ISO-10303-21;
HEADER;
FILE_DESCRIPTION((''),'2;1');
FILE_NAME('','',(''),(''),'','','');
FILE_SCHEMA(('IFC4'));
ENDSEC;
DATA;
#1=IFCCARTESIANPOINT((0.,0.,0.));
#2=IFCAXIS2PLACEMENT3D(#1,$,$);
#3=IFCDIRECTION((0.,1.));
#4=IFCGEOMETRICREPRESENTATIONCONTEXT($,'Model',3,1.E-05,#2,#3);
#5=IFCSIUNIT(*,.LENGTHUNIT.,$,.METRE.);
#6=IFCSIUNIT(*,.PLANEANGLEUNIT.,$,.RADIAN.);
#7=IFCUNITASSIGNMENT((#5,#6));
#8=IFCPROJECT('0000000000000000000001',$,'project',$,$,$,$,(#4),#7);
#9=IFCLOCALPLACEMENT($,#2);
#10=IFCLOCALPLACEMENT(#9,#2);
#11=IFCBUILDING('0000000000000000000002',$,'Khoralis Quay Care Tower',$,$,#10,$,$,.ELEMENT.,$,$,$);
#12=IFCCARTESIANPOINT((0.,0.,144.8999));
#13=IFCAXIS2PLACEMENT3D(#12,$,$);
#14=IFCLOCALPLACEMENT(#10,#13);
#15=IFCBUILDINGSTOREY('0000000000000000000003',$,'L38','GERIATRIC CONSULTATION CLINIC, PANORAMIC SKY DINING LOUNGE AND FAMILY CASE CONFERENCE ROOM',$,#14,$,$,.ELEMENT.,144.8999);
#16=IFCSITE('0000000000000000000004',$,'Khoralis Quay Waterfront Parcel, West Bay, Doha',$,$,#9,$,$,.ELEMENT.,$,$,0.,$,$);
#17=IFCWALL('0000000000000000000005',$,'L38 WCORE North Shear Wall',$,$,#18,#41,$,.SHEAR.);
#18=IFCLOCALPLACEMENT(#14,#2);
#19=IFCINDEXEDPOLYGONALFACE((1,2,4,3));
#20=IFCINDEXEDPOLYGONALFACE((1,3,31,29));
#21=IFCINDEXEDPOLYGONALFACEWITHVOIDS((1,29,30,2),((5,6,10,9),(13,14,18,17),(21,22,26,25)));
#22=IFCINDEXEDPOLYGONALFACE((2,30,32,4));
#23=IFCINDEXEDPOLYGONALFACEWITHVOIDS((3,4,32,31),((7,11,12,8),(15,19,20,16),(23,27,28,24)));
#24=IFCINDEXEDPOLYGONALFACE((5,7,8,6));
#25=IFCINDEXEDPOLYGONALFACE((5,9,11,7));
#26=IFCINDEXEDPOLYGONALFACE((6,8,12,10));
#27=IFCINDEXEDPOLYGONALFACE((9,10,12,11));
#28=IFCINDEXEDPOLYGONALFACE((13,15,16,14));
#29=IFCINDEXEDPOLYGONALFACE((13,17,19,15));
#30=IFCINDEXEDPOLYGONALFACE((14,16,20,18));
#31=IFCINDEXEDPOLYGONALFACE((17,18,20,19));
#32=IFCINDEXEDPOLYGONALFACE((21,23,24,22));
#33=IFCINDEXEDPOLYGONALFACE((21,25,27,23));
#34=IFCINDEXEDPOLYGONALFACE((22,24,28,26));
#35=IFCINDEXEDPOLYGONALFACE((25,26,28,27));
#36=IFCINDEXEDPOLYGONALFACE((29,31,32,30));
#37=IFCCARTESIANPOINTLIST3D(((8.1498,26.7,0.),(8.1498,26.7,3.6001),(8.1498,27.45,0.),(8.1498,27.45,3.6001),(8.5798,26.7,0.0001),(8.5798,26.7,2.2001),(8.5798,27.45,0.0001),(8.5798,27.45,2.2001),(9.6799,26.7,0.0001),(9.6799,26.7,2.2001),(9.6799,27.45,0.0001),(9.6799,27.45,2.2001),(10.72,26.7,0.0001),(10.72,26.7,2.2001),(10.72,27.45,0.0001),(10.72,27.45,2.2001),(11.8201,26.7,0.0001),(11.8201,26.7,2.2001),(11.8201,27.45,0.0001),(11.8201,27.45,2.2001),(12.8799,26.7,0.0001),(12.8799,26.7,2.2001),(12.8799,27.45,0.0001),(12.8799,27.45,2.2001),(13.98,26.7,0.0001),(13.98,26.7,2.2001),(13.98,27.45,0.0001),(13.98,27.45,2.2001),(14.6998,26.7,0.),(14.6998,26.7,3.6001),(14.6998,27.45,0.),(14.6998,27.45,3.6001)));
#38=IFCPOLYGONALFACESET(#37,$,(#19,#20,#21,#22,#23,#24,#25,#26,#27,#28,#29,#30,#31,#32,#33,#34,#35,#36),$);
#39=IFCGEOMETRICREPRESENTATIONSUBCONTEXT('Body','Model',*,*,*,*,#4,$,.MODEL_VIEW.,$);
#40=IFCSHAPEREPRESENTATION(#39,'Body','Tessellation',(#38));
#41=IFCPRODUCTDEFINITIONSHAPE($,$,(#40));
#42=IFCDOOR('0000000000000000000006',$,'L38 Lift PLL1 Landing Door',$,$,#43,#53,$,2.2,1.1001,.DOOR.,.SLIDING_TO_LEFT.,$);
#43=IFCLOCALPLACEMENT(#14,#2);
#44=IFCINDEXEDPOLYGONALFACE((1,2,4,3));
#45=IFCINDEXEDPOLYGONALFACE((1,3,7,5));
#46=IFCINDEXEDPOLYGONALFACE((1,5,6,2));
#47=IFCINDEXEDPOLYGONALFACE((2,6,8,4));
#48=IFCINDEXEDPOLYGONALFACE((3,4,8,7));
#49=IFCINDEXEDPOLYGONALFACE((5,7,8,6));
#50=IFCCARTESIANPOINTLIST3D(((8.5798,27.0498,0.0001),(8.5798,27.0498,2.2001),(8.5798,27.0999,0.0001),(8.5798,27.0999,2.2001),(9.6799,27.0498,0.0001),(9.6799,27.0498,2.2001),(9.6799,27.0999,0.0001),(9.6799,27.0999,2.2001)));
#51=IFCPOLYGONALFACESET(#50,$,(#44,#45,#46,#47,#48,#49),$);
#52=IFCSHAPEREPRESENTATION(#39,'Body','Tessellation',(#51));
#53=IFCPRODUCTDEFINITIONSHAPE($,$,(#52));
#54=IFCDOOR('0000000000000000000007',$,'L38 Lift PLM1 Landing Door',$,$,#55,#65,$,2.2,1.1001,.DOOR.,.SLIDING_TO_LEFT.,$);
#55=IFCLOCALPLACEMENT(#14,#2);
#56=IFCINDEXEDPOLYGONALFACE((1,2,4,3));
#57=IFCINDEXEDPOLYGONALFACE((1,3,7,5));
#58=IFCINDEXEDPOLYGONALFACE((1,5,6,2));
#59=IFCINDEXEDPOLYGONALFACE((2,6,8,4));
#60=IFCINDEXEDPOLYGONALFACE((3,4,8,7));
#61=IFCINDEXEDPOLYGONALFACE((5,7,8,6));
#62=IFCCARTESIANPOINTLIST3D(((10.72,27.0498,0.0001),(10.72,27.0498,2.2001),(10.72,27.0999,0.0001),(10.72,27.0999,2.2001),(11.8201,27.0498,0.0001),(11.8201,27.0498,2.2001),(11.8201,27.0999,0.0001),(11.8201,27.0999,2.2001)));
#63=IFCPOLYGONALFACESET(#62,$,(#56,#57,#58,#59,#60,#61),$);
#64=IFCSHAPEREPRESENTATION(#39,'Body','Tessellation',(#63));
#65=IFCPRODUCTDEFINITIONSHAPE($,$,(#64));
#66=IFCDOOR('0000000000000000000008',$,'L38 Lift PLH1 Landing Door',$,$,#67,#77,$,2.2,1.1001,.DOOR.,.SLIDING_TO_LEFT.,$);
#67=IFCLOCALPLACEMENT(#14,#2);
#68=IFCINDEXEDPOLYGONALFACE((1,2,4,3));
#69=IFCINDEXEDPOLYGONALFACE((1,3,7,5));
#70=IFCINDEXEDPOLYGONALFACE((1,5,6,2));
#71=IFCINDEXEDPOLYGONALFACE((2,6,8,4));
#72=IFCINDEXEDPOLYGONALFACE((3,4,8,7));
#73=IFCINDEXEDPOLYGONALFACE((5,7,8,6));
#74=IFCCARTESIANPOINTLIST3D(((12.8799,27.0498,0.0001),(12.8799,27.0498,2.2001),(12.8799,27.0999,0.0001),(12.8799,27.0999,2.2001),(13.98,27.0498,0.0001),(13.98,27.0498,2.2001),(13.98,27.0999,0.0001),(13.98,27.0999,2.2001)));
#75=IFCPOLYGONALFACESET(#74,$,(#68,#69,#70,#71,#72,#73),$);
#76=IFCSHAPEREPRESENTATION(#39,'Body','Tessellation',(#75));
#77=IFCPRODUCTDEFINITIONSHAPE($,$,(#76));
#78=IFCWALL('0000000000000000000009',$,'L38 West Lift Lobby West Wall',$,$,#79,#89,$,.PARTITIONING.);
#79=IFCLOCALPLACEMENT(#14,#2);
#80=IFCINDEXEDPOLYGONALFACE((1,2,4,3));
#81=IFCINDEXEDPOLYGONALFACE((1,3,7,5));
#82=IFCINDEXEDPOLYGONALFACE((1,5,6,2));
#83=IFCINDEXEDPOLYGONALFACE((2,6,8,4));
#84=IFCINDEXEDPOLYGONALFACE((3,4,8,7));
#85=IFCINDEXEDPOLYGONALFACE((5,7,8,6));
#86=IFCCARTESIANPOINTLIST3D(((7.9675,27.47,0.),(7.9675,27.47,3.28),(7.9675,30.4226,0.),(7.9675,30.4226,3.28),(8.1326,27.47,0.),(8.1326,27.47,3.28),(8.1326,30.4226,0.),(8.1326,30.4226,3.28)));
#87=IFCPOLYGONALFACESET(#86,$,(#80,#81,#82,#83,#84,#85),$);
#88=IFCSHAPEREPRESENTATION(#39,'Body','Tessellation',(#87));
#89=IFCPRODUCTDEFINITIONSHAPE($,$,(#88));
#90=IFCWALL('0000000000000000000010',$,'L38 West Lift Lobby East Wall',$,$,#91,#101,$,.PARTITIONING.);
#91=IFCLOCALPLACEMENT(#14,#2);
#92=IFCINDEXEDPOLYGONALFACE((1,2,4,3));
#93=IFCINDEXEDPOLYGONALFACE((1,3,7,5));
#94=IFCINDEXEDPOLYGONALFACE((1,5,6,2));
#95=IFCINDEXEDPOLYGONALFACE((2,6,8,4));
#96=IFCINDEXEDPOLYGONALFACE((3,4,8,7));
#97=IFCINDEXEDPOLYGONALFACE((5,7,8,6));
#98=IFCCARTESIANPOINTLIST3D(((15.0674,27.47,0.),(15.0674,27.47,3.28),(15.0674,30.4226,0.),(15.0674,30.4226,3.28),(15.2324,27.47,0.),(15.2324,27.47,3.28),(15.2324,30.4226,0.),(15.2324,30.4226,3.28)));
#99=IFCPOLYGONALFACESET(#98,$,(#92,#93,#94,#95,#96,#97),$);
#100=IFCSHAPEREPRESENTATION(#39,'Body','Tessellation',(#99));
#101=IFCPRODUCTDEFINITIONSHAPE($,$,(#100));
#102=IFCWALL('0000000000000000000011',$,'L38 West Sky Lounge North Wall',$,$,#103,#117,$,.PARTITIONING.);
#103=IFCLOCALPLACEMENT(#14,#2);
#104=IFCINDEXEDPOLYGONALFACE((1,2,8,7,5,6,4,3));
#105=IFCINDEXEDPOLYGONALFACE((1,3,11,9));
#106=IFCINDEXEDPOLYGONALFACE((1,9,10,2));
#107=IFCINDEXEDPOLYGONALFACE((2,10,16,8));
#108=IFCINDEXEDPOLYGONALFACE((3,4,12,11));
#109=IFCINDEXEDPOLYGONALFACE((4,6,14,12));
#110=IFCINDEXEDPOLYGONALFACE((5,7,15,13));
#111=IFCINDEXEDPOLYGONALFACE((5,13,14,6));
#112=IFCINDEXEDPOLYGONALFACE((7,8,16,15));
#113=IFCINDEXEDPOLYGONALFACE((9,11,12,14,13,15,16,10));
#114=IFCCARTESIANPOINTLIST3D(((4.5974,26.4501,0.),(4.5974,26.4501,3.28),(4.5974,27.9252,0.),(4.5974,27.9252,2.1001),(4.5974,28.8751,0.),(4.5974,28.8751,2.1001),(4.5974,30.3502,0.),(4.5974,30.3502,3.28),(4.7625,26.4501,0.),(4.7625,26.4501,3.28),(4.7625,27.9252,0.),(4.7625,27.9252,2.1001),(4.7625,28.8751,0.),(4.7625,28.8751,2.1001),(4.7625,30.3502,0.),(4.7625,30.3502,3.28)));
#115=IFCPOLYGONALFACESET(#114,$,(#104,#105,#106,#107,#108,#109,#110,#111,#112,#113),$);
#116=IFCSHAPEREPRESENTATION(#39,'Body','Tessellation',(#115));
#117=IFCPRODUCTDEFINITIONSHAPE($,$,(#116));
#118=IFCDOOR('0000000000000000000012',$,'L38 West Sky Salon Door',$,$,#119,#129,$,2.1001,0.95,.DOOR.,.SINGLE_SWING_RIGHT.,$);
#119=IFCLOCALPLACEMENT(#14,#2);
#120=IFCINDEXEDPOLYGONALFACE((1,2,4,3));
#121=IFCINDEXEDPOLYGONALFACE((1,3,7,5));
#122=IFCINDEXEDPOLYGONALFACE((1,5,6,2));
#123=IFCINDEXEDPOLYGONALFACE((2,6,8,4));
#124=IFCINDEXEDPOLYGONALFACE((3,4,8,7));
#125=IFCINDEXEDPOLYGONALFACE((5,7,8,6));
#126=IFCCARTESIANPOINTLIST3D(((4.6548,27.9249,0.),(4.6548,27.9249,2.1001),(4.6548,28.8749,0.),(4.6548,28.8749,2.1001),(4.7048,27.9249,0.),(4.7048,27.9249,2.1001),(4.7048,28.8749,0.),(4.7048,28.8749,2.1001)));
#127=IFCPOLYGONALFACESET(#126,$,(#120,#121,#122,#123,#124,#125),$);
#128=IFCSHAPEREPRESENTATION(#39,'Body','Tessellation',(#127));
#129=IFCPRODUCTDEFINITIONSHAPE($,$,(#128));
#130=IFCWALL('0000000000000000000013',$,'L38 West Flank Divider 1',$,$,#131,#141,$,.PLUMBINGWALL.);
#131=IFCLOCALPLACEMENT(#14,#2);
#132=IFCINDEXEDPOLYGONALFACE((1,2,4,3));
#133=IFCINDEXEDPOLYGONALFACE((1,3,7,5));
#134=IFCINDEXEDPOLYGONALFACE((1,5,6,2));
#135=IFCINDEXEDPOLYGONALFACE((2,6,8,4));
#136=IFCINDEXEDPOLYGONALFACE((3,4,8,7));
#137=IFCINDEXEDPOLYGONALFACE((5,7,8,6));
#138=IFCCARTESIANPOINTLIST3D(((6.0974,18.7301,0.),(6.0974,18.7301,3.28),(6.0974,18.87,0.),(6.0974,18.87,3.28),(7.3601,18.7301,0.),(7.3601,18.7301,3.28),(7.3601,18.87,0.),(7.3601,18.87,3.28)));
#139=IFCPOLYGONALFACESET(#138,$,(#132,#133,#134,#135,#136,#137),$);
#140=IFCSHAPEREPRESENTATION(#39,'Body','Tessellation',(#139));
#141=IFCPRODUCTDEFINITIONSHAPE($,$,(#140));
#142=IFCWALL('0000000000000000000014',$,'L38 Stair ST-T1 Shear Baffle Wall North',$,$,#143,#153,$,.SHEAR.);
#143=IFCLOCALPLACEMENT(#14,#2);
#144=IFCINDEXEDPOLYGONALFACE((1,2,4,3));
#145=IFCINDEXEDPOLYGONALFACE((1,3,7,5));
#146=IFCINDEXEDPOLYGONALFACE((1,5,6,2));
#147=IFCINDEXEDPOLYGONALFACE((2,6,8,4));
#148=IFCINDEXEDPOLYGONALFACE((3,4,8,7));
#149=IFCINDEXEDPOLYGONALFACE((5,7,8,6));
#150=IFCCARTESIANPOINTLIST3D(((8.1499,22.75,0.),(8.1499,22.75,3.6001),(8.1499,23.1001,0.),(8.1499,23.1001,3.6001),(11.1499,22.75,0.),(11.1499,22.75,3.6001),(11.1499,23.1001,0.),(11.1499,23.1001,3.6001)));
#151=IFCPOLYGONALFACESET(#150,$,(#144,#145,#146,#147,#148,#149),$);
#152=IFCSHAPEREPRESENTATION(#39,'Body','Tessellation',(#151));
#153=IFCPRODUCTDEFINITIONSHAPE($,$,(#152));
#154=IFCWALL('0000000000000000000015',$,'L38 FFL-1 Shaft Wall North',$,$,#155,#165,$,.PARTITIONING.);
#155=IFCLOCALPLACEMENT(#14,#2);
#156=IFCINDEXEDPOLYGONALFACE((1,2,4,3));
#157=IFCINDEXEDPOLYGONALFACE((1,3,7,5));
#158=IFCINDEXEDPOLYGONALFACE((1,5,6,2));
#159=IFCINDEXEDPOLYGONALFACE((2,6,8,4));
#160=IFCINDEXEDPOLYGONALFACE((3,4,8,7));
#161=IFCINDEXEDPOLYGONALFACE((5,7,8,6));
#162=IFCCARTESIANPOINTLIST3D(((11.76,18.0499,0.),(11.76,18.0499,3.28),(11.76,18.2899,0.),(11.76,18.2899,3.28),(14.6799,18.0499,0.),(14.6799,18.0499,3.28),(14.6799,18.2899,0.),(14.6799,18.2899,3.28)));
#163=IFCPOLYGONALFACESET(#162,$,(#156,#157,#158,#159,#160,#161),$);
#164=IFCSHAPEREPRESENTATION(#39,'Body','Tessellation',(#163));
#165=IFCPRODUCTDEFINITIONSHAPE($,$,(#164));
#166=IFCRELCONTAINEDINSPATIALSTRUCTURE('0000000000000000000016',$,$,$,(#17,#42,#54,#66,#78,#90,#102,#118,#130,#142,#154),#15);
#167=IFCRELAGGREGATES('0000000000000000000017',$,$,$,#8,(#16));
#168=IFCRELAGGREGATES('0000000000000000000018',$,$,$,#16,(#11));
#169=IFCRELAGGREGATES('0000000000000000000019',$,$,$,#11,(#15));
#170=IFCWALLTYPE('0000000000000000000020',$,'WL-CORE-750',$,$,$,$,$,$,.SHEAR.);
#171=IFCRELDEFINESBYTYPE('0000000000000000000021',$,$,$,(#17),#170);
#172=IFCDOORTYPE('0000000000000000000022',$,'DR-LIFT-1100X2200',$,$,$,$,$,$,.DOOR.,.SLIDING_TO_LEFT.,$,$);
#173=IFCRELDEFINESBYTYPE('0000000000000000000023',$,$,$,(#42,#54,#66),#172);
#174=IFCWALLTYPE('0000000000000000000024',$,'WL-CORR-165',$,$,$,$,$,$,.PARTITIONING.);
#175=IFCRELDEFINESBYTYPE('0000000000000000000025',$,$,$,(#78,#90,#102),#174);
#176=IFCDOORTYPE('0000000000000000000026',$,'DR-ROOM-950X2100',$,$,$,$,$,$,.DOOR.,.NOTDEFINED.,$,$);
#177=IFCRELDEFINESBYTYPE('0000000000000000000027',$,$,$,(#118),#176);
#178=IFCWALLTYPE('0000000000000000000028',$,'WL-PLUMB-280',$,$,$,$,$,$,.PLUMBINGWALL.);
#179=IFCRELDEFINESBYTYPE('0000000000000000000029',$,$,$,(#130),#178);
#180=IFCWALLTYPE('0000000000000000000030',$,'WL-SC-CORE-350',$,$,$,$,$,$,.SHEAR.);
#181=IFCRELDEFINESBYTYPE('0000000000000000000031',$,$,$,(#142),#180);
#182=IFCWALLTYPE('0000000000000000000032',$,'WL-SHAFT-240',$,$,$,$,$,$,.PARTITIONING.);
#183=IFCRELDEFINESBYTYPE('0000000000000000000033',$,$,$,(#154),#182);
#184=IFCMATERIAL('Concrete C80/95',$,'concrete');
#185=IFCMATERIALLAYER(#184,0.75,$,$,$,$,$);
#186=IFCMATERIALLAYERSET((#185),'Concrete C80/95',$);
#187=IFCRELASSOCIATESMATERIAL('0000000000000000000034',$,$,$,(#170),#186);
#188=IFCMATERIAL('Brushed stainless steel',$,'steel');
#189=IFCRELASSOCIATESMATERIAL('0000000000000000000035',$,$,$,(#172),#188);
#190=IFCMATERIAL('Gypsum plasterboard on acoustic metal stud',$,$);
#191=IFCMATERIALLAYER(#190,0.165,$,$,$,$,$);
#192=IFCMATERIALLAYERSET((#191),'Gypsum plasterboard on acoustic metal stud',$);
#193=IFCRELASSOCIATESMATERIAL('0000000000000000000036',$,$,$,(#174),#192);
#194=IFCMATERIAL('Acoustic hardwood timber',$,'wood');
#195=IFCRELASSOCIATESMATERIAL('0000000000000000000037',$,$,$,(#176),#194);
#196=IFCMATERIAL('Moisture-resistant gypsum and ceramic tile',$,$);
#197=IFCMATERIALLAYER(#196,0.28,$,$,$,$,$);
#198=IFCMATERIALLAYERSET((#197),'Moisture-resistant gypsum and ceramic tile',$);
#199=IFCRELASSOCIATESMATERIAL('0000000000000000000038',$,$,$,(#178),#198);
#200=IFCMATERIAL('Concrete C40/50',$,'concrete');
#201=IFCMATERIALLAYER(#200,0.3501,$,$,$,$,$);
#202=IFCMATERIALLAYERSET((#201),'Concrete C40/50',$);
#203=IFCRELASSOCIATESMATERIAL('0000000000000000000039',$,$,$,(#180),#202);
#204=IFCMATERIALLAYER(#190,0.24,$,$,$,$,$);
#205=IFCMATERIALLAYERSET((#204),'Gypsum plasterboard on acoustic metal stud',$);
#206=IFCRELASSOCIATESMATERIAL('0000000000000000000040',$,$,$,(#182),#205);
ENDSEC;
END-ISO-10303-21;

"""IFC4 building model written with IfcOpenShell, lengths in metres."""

from ifc_helpers import new_model, si_unit, direction, frame, frame_2d, origin, place, context, subcontext, project, spatial, rectangle, extrude, source, transform, mapped, material, layer, layer_set, type_object, element, fill, save


model = new_model("IFC4")

# Units and contexts
model_context = context("Model", 3, precision=1e-05, world=origin(), true_north=direction((0.0, 1.0)))
body_context = subcontext(model_context, "Body", "Model", "MODEL_VIEW")
ifc_project = project(units=[si_unit("LENGTHUNIT", "METRE"), si_unit("PLANEANGLEUNIT", "RADIAN")], contexts=[model_context])

# Site, building, storey
site_placement = place(None, origin())
site = spatial("IfcSite", under=ifc_project, at=site_placement, Name="Khoralis Quay Waterfront Parcel, West Bay, Doha", CompositionType="ELEMENT", RefElevation=0.0)
building_placement = place(site_placement, origin())
building = spatial("IfcBuilding", under=site, at=building_placement, Name="Khoralis Quay Care Tower", CompositionType="ELEMENT")
storey_placement = place(building_placement, frame((0.0, 0.0, 144.8999)))
storey = spatial("IfcBuildingStorey", under=building, at=storey_placement, Name="L38", Description="GERIATRIC CONSULTATION CLINIC, PANORAMIC SKY DINING LOUNGE AND FAMILY CASE CONFERENCE ROOM", CompositionType="ELEMENT", Elevation=144.8999)

# Wall, openings, doors
ifc_material_1 = material(Name="Concrete C80/95", Category="concrete")
ifc_layer_1 = layer(ifc_material_1, 0.75)
ifc_layer_set_1 = layer_set([ifc_layer_1], Name="Concrete C80/95")
wall_type_1 = type_object("IfcWallType", Name="WL-CORE-750", PredefinedType="SHEAR", material=ifc_layer_set_1)
wall_1_placement = place(storey_placement, frame((8.1499, 27.075, 0.0), z_axis=(0.0, 0.0, 1.0), x_axis=(1.0, 0.0, 0.0)))
wall_1 = element("IfcWall", 1, at=wall_1_placement, inside=storey, type_object=wall_type_1, Name="L38 WCORE North Shear Wall", PredefinedType="SHEAR", context=body_context, shape_type="SweptSolid", body=[
    extrude(rectangle(XDim=6.55, YDim=0.75, at=frame_2d((3.2749, 0.0))), origin(), (0.0, 0.0, 1.0), 3.6001),
])
opening_1_placement = place(wall_1_placement, frame((0.4299, 0.0, 0.0)))
opening_1 = element("IfcOpeningElement", 2, at=opening_1_placement, cuts=wall_1, PredefinedType="OPENING", context=body_context, shape_type="SweptSolid", body=[
    extrude(rectangle(XDim=1.1001, YDim=2.2, at=frame_2d((0.55, 1.1001))), frame((0.0, 0.385, 0.0), z_axis=(0.0, -1.0, 0.0), x_axis=(1.0, 0.0, 0.0)), (0.0, 0.0, 1.0), 0.77),
])
opening_2_placement = place(wall_1_placement, frame((2.5701, 0.0, 0.0)))
opening_2 = element("IfcOpeningElement", 3, at=opening_2_placement, cuts=wall_1, PredefinedType="OPENING", context=body_context, shape_type="SweptSolid", body=[
    extrude(rectangle(XDim=1.1001, YDim=2.2, at=frame_2d((0.55, 1.1001))), frame((0.0, 0.385, 0.0), z_axis=(0.0, -1.0, 0.0), x_axis=(1.0, 0.0, 0.0)), (0.0, 0.0, 1.0), 0.77),
])
opening_3_placement = place(wall_1_placement, frame((4.73, 0.0, 0.0)))
opening_3 = element("IfcOpeningElement", 4, at=opening_3_placement, cuts=wall_1, PredefinedType="OPENING", context=body_context, shape_type="SweptSolid", body=[
    extrude(rectangle(XDim=1.1001, YDim=2.2, at=frame_2d((0.55, 1.1001))), frame((0.0, 0.385, 0.0), z_axis=(0.0, -1.0, 0.0), x_axis=(1.0, 0.0, 0.0)), (0.0, 0.0, 1.0), 0.77),
])
ifc_material_2 = material(Name="Brushed stainless steel", Category="steel")
door_type_1 = type_object("IfcDoorType", Name="DR-LIFT-1100X2200", OperationType="SLIDING_TO_LEFT", PredefinedType="DOOR", material=ifc_material_2)
shared_shape_1 = source(origin(), body_context, "Body", "SweptSolid", [
    extrude(rectangle(XDim=1.1001, YDim=2.2, at=frame_2d((0.55, 1.1001))), frame((0.0, 0.0249, 0.0), z_axis=(0.0, -1.0, 0.0), x_axis=(1.0, 0.0, 0.0)), (0.0, 0.0, 1.0), 0.05),
])
door_1_placement = place(opening_1_placement, origin())
door_1 = element("IfcDoor", 5, at=door_1_placement, inside=storey, type_object=door_type_1, Name="L38 Lift PLL1 Landing Door", OperationType="SLIDING_TO_LEFT", OverallHeight=2.2, OverallWidth=1.1001, PredefinedType="DOOR", context=body_context, shape_type="MappedRepresentation", body=[
    mapped(shared_shape_1, transform((0.0, 0.0, 0.0), scale=1.0)),
])
fill(opening_1, door_1)
door_2_placement = place(opening_2_placement, origin())
door_2 = element("IfcDoor", 6, at=door_2_placement, inside=storey, type_object=door_type_1, Name="L38 Lift PLM1 Landing Door", OperationType="SLIDING_TO_LEFT", OverallHeight=2.2, OverallWidth=1.1001, PredefinedType="DOOR", context=body_context, shape_type="MappedRepresentation", body=[
    mapped(shared_shape_1, transform((0.0, 0.0, 0.0), scale=1.0)),
])
fill(opening_2, door_2)
door_3_placement = place(opening_3_placement, origin())
door_3 = element("IfcDoor", 7, at=door_3_placement, inside=storey, type_object=door_type_1, Name="L38 Lift PLH1 Landing Door", OperationType="SLIDING_TO_LEFT", OverallHeight=2.2, OverallWidth=1.1001, PredefinedType="DOOR", context=body_context, shape_type="MappedRepresentation", body=[
    mapped(shared_shape_1, transform((0.0, 0.0, 0.0), scale=1.0)),
])
fill(opening_3, door_3)

# Walls
ifc_material_3 = material(Name="Gypsum plasterboard on acoustic metal stud")
ifc_layer_2 = layer(ifc_material_3, 0.165)
ifc_layer_set_2 = layer_set([ifc_layer_2], Name="Gypsum plasterboard on acoustic metal stud")
wall_type_2 = type_object("IfcWallType", Name="WL-CORR-165", PredefinedType="PARTITIONING", material=ifc_layer_set_2)
for number, where, z_axis, x_axis, name in (
    (8, (8.05, 27.47, 0.0), (0.0, 0.0, 1.0), (0.0, 1.0, 0.0), "L38 West Lift Lobby West Wall"),
    (9, (15.1499, 27.47, 0.0), (0.0, 0.0, 1.0), (0.0, 1.0, 0.0), "L38 West Lift Lobby East Wall"),
):
    element("IfcWall", number, at=place(storey_placement, frame(where, z_axis=z_axis, x_axis=x_axis)), inside=storey, type_object=wall_type_2, Name=name, PredefinedType="PARTITIONING", context=body_context, shape_type="SweptSolid", body=[
        extrude(rectangle(XDim=2.9526, YDim=0.165, at=frame_2d((1.4763, 0.0))), origin(), (0.0, 0.0, 1.0), 3.28),
    ])

# Wall, opening, door
wall_2_placement = place(storey_placement, frame((4.6799, 26.45, 0.0), z_axis=(0.0, 0.0, 1.0), x_axis=(0.0, 1.0, 0.0)))
wall_2 = element("IfcWall", 10, at=wall_2_placement, inside=storey, type_object=wall_type_2, Name="L38 West Sky Lounge North Wall", PredefinedType="PARTITIONING", context=body_context, shape_type="SweptSolid", body=[
    extrude(rectangle(XDim=3.9001, YDim=0.165, at=frame_2d((1.9502, 0.0))), origin(), (0.0, 0.0, 1.0), 3.28),
])
opening_4_placement = place(wall_2_placement, frame((1.4751, 0.0, 0.0)))
opening_4 = element("IfcOpeningElement", 11, at=opening_4_placement, cuts=wall_2, PredefinedType="OPENING", context=body_context, shape_type="SweptSolid", body=[
    extrude(rectangle(XDim=0.95, YDim=2.1001, at=frame_2d((0.4751, 1.05))), frame((0.0, 0.0925, 0.0), z_axis=(0.0, -1.0, 0.0), x_axis=(1.0, 0.0, 0.0)), (0.0, 0.0, 1.0), 0.1851),
])
ifc_material_4 = material(Name="Acoustic hardwood timber", Category="wood")
door_type_2 = type_object("IfcDoorType", Name="DR-ROOM-950X2100", OperationType="NOTDEFINED", PredefinedType="DOOR", material=ifc_material_4)
shared_shape_2 = source(origin(), body_context, "Body", "SweptSolid", [
    extrude(rectangle(XDim=0.95, YDim=2.1001, at=frame_2d((0.4751, 1.05))), frame((0.0, 0.0249, 0.0), z_axis=(0.0, -1.0, 0.0), x_axis=(1.0, 0.0, 0.0)), (0.0, 0.0, 1.0), 0.05),
])
door_4_placement = place(opening_4_placement, frame((0.95, 0.0, 0.0), z_axis=(0.0, 0.0, 1.0), x_axis=(-1.0, 0.0, 0.0)))
door_4 = element("IfcDoor", 12, at=door_4_placement, inside=storey, type_object=door_type_2, Name="L38 West Sky Salon Door", OperationType="SINGLE_SWING_RIGHT", OverallHeight=2.1001, OverallWidth=0.95, PredefinedType="DOOR", context=body_context, shape_type="MappedRepresentation", body=[
    mapped(shared_shape_2, transform((0.0, 0.0, 0.0), scale=1.0)),
])
fill(opening_4, door_4)

# Walls
ifc_material_5 = material(Name="Moisture-resistant gypsum and ceramic tile")
ifc_layer_3 = layer(ifc_material_5, 0.28)
ifc_layer_set_3 = layer_set([ifc_layer_3], Name="Moisture-resistant gypsum and ceramic tile")
wall_type_3 = type_object("IfcWallType", Name="WL-PLUMB-280", PredefinedType="PLUMBINGWALL", material=ifc_layer_set_3)
wall_3_placement = place(storey_placement, frame((6.0974, 18.8, 0.0), z_axis=(0.0, 0.0, 1.0), x_axis=(1.0, 0.0, 0.0)))
element("IfcWall", 13, at=wall_3_placement, inside=storey, type_object=wall_type_3, Name="L38 West Flank Divider 1", PredefinedType="PLUMBINGWALL", context=body_context, shape_type="SweptSolid", body=[
    extrude(rectangle(XDim=1.2627, YDim=0.1399, at=frame_2d((0.6313, 0.0))), origin(), (0.0, 0.0, 1.0), 3.28),
])
ifc_material_6 = material(Name="Concrete C40/50", Category="concrete")
ifc_layer_4 = layer(ifc_material_6, 0.3501)
ifc_layer_set_4 = layer_set([ifc_layer_4], Name="Concrete C40/50")
wall_type_4 = type_object("IfcWallType", Name="WL-SC-CORE-350", PredefinedType="SHEAR", material=ifc_layer_set_4)
wall_4_placement = place(storey_placement, frame((8.1499, 22.925, 0.0), z_axis=(0.0, 0.0, 1.0), x_axis=(1.0, 0.0, 0.0)))
element("IfcWall", 14, at=wall_4_placement, inside=storey, type_object=wall_type_4, Name="L38 Stair ST-T1 Shear Baffle Wall North", PredefinedType="SHEAR", context=body_context, shape_type="SweptSolid", body=[
    extrude(rectangle(XDim=3.0, YDim=0.3501, at=frame_2d((1.5, 0.0))), origin(), (0.0, 0.0, 1.0), 3.6001),
])
ifc_layer_5 = layer(ifc_material_3, 0.24)
ifc_layer_set_5 = layer_set([ifc_layer_5], Name="Gypsum plasterboard on acoustic metal stud")
wall_type_5 = type_object("IfcWallType", Name="WL-SHAFT-240", PredefinedType="PARTITIONING", material=ifc_layer_set_5)
wall_5_placement = place(storey_placement, frame((11.76, 18.1699, 0.0), z_axis=(0.0, 0.0, 1.0), x_axis=(1.0, 0.0, 0.0)))
element("IfcWall", 15, at=wall_5_placement, inside=storey, type_object=wall_type_5, Name="L38 FFL-1 Shaft Wall North", PredefinedType="PARTITIONING", context=body_context, shape_type="SweptSolid", body=[
    extrude(rectangle(XDim=2.9199, YDim=0.24, at=frame_2d((1.46, 0.0))), origin(), (0.0, 0.0, 1.0), 3.28),
])

save(model, "model.ifc")
